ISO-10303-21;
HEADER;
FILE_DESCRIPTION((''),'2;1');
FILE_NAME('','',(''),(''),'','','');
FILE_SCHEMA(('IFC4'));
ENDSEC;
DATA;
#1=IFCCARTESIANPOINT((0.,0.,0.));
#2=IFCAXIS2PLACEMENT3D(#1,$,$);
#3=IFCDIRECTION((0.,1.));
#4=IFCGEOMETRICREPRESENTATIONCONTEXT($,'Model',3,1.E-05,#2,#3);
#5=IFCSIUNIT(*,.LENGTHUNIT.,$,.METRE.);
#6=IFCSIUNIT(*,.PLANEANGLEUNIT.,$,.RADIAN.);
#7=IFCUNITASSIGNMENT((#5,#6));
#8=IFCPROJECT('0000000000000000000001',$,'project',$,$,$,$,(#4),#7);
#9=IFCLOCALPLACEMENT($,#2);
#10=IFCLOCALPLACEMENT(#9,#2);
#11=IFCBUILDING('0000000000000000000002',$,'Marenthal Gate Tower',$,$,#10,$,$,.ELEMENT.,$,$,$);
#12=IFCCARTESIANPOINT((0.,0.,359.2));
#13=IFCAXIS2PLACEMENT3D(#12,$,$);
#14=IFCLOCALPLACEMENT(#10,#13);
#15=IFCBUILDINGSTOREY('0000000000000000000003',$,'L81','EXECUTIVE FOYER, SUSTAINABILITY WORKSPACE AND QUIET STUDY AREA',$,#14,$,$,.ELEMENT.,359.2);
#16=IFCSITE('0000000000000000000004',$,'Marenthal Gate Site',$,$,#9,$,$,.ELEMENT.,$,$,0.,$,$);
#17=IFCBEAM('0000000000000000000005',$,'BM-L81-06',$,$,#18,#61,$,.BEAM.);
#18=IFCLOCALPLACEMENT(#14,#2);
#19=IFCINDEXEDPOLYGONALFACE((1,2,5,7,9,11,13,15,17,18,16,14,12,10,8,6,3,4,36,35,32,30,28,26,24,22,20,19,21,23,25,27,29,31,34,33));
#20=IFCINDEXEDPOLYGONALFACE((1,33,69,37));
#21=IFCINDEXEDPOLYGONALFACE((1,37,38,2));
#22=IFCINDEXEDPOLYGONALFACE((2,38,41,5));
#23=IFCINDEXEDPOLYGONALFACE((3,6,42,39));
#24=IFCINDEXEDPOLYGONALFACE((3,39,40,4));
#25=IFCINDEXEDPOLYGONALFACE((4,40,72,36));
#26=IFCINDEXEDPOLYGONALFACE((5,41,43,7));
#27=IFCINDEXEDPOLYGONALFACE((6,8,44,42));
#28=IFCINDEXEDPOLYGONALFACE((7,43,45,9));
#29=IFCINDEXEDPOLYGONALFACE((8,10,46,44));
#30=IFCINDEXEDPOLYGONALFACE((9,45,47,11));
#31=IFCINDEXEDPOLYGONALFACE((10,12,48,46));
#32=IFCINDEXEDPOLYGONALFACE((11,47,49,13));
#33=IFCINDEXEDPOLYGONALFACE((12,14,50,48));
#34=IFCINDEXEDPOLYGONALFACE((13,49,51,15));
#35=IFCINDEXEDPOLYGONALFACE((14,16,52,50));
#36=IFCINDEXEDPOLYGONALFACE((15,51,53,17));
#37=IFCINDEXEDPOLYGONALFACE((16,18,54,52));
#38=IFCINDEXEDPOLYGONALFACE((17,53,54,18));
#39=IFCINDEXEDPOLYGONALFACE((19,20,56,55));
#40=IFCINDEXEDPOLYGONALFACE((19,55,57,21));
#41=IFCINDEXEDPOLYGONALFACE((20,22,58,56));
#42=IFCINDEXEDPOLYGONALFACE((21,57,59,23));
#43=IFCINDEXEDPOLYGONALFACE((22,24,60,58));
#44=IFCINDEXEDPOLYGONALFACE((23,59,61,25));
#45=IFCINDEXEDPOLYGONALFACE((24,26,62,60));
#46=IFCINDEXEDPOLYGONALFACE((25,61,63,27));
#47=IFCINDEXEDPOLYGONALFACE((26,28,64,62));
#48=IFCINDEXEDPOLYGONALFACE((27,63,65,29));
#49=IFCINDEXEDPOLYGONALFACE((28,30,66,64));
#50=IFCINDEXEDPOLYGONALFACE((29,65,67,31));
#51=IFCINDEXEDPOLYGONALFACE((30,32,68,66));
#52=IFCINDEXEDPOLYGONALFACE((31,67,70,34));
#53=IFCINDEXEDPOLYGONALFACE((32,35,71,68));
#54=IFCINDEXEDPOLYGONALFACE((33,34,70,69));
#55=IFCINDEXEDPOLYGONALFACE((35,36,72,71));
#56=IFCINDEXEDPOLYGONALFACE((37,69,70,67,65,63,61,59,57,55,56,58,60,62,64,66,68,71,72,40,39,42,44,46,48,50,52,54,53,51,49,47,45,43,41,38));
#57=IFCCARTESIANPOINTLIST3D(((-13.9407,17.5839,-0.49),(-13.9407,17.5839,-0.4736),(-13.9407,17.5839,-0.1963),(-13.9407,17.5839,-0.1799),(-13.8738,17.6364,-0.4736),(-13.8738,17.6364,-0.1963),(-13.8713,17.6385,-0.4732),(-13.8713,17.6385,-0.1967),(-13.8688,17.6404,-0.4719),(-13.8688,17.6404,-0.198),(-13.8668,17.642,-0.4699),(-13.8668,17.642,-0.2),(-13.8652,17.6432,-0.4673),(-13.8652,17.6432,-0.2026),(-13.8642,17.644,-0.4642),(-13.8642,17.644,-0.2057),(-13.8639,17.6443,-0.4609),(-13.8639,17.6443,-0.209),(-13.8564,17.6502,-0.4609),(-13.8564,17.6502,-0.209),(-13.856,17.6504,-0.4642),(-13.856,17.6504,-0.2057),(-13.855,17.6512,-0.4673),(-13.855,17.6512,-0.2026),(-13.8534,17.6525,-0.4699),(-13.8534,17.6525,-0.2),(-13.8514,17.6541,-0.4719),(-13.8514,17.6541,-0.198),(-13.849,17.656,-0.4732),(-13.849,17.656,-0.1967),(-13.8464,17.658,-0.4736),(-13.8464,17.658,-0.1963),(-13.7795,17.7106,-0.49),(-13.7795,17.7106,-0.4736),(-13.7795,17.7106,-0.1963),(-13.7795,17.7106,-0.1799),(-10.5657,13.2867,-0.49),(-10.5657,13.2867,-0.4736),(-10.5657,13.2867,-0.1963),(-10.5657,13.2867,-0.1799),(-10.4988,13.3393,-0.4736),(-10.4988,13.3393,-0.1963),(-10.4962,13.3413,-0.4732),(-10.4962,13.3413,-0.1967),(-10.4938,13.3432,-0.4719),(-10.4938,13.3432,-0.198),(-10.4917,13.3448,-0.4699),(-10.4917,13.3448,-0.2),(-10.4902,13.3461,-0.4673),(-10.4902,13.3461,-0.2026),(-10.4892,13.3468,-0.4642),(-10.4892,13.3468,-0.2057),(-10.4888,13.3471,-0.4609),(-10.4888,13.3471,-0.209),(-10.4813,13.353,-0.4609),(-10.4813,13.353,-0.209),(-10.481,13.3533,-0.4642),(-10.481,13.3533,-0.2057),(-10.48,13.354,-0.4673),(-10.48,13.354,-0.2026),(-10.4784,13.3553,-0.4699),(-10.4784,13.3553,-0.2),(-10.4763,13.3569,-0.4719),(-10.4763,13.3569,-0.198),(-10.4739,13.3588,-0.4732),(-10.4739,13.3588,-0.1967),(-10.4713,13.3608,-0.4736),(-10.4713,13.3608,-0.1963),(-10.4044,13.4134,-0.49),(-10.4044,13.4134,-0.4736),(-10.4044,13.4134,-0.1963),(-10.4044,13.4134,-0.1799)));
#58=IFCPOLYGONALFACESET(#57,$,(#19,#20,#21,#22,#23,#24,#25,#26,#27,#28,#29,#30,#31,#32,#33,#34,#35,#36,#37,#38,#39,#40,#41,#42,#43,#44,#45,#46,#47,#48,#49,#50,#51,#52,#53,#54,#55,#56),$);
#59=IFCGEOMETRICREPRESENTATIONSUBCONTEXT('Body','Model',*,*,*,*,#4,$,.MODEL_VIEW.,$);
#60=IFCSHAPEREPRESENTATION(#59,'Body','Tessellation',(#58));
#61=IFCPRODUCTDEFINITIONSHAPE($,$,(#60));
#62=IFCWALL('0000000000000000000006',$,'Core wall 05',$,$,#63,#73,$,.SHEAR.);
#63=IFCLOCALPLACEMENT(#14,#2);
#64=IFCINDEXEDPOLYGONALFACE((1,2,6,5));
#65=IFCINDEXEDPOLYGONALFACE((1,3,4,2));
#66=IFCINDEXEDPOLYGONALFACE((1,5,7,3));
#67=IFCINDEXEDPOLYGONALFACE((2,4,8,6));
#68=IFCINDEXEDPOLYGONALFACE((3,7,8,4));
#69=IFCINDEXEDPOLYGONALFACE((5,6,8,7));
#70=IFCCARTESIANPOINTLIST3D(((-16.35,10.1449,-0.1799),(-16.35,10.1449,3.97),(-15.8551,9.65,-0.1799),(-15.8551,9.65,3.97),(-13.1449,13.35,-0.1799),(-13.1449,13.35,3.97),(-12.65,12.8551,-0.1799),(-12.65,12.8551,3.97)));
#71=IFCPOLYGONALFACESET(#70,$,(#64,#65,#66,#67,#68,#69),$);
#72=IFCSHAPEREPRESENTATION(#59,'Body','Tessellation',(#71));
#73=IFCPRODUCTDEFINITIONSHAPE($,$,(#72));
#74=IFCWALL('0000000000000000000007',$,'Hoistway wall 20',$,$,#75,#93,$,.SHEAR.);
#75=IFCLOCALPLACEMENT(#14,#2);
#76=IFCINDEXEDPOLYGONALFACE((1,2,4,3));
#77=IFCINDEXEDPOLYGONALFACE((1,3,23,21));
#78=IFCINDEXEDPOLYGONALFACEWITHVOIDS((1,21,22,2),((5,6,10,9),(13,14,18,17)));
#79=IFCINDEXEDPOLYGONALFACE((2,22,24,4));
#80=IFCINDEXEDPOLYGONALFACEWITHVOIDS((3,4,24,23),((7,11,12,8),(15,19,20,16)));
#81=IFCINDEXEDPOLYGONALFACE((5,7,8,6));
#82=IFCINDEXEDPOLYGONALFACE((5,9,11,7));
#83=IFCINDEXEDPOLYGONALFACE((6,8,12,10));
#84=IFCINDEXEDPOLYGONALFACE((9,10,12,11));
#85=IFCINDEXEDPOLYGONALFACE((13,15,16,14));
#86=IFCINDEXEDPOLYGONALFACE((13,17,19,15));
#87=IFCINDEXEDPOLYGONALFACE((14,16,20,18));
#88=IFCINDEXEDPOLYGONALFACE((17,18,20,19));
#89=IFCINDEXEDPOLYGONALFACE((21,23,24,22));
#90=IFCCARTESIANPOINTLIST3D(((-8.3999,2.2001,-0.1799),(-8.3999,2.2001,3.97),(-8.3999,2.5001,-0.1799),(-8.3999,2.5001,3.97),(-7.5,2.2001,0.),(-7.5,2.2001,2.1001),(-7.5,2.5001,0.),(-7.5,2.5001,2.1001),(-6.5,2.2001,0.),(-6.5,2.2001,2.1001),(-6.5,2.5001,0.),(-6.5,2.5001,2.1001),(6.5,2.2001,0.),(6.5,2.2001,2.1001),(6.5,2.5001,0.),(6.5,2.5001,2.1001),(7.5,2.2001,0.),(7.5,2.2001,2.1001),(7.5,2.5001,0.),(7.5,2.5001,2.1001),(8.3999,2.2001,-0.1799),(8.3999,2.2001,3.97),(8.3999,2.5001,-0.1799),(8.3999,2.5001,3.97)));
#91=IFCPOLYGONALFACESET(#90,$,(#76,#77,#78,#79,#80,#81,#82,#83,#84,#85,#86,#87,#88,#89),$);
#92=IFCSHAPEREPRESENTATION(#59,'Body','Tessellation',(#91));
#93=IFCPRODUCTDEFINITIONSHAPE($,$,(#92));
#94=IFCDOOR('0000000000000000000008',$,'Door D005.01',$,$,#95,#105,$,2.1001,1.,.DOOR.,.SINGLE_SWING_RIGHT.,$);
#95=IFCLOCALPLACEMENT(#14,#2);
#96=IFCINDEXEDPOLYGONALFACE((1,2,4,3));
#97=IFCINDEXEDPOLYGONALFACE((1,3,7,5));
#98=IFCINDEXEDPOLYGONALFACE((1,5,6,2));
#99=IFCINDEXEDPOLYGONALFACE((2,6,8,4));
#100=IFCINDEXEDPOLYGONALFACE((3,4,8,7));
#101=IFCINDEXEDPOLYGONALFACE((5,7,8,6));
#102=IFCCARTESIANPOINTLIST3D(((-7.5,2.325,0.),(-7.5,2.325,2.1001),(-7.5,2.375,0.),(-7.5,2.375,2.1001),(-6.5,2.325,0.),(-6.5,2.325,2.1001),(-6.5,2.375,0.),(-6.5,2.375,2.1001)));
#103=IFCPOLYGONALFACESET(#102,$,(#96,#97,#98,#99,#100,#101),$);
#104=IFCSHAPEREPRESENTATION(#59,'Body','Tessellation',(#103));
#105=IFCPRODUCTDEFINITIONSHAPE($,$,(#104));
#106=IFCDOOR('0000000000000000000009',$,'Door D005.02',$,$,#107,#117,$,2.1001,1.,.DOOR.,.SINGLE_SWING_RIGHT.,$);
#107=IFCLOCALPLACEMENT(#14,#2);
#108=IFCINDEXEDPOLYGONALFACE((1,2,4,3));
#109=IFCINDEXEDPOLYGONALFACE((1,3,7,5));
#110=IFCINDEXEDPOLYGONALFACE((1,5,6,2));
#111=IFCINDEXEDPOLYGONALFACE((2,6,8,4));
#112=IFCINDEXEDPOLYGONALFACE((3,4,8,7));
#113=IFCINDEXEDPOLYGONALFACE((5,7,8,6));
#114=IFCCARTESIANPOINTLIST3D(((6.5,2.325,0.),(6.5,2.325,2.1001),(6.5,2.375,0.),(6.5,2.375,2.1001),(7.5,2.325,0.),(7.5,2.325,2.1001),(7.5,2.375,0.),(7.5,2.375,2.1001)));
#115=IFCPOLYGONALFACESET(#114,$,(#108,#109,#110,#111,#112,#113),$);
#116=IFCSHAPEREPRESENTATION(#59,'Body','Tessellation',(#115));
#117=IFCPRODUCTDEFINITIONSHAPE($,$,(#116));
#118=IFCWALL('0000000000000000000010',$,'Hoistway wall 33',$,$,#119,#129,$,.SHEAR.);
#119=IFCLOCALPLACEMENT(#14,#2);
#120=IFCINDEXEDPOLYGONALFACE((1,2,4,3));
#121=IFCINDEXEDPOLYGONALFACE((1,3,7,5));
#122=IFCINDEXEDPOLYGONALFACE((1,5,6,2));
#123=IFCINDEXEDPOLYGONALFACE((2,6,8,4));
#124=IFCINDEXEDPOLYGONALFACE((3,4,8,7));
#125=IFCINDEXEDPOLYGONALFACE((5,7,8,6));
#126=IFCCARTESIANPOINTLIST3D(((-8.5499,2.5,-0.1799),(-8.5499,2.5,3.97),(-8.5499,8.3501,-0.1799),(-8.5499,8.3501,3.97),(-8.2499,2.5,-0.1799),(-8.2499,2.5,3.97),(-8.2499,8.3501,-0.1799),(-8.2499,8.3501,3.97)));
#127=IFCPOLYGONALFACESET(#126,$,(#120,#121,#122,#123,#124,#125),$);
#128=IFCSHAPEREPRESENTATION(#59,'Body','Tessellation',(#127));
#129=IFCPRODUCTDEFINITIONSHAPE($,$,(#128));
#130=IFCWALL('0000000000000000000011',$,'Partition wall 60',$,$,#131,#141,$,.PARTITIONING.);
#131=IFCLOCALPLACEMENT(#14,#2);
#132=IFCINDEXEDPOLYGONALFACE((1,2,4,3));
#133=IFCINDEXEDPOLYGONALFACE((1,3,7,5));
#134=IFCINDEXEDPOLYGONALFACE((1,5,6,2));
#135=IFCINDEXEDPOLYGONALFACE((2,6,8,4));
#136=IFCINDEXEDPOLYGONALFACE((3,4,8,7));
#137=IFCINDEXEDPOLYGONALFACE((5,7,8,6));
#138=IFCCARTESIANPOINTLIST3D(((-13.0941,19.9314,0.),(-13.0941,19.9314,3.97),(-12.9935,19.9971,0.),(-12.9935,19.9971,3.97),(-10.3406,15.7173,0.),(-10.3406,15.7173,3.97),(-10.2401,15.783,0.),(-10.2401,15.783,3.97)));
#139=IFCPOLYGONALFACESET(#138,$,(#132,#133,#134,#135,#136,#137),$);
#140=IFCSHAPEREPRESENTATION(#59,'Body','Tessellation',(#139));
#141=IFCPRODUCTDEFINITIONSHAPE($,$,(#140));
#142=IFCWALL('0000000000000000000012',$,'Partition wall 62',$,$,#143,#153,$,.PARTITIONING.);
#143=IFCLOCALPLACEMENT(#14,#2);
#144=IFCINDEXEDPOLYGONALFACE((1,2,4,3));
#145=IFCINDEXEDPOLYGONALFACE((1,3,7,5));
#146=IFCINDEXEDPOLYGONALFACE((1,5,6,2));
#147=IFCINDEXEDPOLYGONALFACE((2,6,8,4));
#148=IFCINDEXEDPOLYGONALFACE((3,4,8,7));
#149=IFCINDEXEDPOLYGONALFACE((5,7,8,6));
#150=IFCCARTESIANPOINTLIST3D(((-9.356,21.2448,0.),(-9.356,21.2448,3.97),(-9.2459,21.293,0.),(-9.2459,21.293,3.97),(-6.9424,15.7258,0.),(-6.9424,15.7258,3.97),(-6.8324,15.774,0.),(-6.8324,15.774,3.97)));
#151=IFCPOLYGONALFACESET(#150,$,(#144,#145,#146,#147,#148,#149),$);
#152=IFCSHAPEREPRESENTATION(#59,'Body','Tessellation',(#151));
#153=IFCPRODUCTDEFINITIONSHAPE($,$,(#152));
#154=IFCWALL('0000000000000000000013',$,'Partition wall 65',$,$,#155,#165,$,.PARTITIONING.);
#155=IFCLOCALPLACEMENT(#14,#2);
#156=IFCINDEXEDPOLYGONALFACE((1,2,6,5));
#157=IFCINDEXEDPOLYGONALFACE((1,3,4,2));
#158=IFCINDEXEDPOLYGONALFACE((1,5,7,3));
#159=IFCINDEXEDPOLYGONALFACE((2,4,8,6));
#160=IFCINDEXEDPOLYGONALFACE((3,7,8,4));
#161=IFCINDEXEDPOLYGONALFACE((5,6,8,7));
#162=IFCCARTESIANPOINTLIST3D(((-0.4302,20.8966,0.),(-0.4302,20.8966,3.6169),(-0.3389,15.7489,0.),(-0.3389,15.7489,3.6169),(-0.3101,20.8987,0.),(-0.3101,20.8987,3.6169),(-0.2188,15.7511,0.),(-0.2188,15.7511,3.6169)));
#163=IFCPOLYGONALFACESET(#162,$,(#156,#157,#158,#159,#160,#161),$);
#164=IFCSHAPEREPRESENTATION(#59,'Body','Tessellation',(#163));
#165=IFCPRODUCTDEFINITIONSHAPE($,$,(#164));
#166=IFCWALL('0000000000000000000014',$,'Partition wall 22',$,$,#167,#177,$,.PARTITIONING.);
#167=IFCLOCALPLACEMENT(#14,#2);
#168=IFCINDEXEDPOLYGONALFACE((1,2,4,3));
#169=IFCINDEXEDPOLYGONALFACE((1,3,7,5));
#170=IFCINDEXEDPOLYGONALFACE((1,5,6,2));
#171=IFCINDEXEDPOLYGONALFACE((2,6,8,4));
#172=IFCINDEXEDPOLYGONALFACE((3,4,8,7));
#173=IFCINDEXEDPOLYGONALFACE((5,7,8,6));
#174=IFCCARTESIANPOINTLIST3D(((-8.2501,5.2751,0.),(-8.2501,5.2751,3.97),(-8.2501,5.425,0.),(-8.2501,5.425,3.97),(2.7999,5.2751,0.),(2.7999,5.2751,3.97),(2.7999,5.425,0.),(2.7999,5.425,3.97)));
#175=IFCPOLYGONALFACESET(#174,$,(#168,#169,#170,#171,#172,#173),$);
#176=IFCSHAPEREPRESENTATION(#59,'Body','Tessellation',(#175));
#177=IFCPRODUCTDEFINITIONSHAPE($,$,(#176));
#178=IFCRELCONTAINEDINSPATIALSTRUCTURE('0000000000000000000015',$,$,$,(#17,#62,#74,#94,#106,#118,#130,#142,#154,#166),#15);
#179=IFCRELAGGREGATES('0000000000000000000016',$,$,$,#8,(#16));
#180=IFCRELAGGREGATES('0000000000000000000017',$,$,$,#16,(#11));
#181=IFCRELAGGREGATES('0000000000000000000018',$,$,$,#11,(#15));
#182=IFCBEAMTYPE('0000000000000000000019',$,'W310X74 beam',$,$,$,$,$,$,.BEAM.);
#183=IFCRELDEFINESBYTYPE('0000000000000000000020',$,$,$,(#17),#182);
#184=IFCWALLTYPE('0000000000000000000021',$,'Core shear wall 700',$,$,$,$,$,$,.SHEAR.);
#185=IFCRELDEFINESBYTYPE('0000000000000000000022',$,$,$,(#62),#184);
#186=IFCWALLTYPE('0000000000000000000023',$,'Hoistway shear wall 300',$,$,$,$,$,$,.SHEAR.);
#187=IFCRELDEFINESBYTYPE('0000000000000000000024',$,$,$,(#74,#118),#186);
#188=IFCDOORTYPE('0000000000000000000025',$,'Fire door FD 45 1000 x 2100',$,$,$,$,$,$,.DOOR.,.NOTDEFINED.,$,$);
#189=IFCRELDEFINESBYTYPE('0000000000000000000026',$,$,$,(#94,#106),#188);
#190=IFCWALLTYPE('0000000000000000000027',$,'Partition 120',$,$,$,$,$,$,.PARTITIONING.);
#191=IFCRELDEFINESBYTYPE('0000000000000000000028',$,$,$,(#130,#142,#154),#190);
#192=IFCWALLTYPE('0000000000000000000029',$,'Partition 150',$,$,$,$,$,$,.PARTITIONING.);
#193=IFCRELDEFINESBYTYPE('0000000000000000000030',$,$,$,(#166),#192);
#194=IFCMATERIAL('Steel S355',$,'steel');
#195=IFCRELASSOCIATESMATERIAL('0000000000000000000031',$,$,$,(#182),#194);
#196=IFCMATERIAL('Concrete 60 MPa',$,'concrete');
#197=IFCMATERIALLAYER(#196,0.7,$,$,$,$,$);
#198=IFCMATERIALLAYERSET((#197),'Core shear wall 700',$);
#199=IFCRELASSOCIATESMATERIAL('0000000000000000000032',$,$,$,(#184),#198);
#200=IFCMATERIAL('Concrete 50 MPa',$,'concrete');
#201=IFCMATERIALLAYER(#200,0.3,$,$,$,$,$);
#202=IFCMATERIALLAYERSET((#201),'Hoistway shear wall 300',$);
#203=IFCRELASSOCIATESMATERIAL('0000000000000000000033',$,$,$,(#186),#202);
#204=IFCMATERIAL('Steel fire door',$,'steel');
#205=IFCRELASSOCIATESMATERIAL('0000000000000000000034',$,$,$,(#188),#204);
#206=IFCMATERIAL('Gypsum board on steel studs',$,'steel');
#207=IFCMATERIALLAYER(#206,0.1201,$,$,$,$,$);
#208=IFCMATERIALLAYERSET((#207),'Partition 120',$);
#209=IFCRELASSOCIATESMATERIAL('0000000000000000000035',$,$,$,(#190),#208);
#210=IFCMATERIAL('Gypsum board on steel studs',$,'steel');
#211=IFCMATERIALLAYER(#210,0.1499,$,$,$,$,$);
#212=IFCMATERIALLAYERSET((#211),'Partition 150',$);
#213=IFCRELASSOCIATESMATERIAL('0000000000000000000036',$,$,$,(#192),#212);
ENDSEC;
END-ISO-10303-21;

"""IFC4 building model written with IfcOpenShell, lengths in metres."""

from ifc_helpers import new_model, si_unit, direction, frame, frame_2d, origin, origin_2d, place, context, subcontext, project, spatial, rectangle, i_section, extrude, material, layer, layer_set, material_profile, profile_set, type_object, element, fill, save


model = new_model("IFC4")

# Units and contexts
model_context = context("Model", 3, precision=1e-05, world=origin(), true_north=direction((0.0, 1.0)))
body_context = subcontext(model_context, "Body", "Model", "MODEL_VIEW")
ifc_project = project(units=[si_unit("LENGTHUNIT", "METRE"), si_unit("PLANEANGLEUNIT", "RADIAN")], contexts=[model_context])

# Site, building, storey
site_placement = place(None, origin())
site = spatial("IfcSite", under=ifc_project, at=site_placement, Name="Marenthal Gate Site", CompositionType="ELEMENT", RefElevation=0.0)
building_placement = place(site_placement, origin())
building = spatial("IfcBuilding", under=site, at=building_placement, Name="Marenthal Gate Tower", CompositionType="ELEMENT")
storey_placement = place(building_placement, frame((0.0, 0.0, 359.2)))
storey = spatial("IfcBuildingStorey", under=building, at=storey_placement, Name="L81", Description="EXECUTIVE FOYER, SUSTAINABILITY WORKSPACE AND QUIET STUDY AREA", CompositionType="ELEMENT", Elevation=359.2)

# Beam
ifc_material_1 = material(Name="Steel S355", Category="steel")
ifc_material_profile = material_profile(ifc_material_1, i_section(OverallWidth=0.2051, OverallDepth=0.3101, WebThickness=0.0095, FlangeThickness=0.0164, FilletRadius=0.0127, at=origin_2d()), Name="W310X74")
ifc_profile_set = profile_set([ifc_material_profile], Name="Steel S355")
beam_type = type_object("IfcBeamType", Name="W310X74 beam", PredefinedType="BEAM", material=ifc_profile_set)
beam_placement = place(storey_placement, frame((-13.8601, 17.6472, -0.335), z_axis=(0.617674, -0.786435, 0.0), x_axis=(0.786435, 0.617674, 0.0)))
element("IfcBeam", 1, at=beam_placement, inside=storey, type_object=beam_type, Name="BM-L81-06", PredefinedType="BEAM", context=body_context, shape_type="SweptSolid", body=[
    extrude(i_section(OverallWidth=0.2051, OverallDepth=0.3101, WebThickness=0.0095, FlangeThickness=0.0164, FilletRadius=0.0127, at=origin_2d()), origin(), (0.0, 0.0, 1.0), 5.4641),
])

# Wall
ifc_material_2 = material(Name="Concrete 60 MPa", Category="concrete")
ifc_layer_1 = layer(ifc_material_2, 0.7)
ifc_layer_set_1 = layer_set([ifc_layer_1], Name="Core shear wall 700")
wall_type_1 = type_object("IfcWallType", Name="Core shear wall 700", PredefinedType="SHEAR", material=ifc_layer_set_1)
wall_1_placement = place(storey_placement, frame((-12.8975, 13.1025, -0.1799), z_axis=(0.0, 0.0, 1.0), x_axis=(-0.707107, -0.707107, 0.0)))
element("IfcWall", 2, at=wall_1_placement, inside=storey, type_object=wall_type_1, Name="Core wall 05", PredefinedType="SHEAR", context=body_context, shape_type="SweptSolid", body=[
    extrude(rectangle(XDim=4.5327, YDim=0.7, at=frame_2d((2.2664, 0.0))), origin(), (0.0, 0.0, 1.0), 4.1499),
])

# Wall, openings, doors
ifc_material_3 = material(Name="Concrete 50 MPa", Category="concrete")
ifc_layer_2 = layer(ifc_material_3, 0.3)
ifc_layer_set_2 = layer_set([ifc_layer_2], Name="Hoistway shear wall 300")
wall_type_2 = type_object("IfcWallType", Name="Hoistway shear wall 300", PredefinedType="SHEAR", material=ifc_layer_set_2)
wall_2_placement = place(storey_placement, frame((-8.3999, 2.3501, -0.1799), z_axis=(0.0, 0.0, 1.0), x_axis=(1.0, 0.0, 0.0)))
wall_2 = element("IfcWall", 3, at=wall_2_placement, inside=storey, type_object=wall_type_2, Name="Hoistway wall 20", PredefinedType="SHEAR", context=body_context, shape_type="SweptSolid", body=[
    extrude(rectangle(XDim=16.7998, YDim=0.3, at=frame_2d((8.3999, 0.0))), origin(), (0.0, 0.0, 1.0), 4.1499),
])
opening_1_placement = place(wall_2_placement, frame((0.8999, 0.0, 0.1799)))
opening_1 = element("IfcOpeningElement", 4, at=opening_1_placement, cuts=wall_2, PredefinedType="OPENING", context=body_context, shape_type="SweptSolid", body=[
    extrude(rectangle(XDim=1.0, YDim=2.1001, at=frame_2d((0.5, 1.05))), frame((0.0, 0.1602, 0.0), z_axis=(0.0, -1.0, 0.0), x_axis=(1.0, 0.0, 0.0)), (0.0, 0.0, 1.0), 0.3201),
])
opening_2_placement = place(wall_2_placement, frame((14.8999, 0.0, 0.1799)))
opening_2 = element("IfcOpeningElement", 5, at=opening_2_placement, cuts=wall_2, PredefinedType="OPENING", context=body_context, shape_type="SweptSolid", body=[
    extrude(rectangle(XDim=1.0, YDim=2.1001, at=frame_2d((0.5, 1.05))), frame((0.0, 0.1602, 0.0), z_axis=(0.0, -1.0, 0.0), x_axis=(1.0, 0.0, 0.0)), (0.0, 0.0, 1.0), 0.3201),
])
ifc_material_4 = material(Name="Steel fire door", Category="steel")
door_type_1 = type_object("IfcDoorType", Name="Fire door FD 45 1000 x 2100", OperationType="NOTDEFINED", PredefinedType="DOOR", material=ifc_material_4)
door_1_placement = place(opening_1_placement, origin())
door_1 = element("IfcDoor", 6, at=door_1_placement, inside=storey, type_object=door_type_1, Name="Door D005.01", OperationType="SINGLE_SWING_RIGHT", OverallHeight=2.1001, OverallWidth=1.0, PredefinedType="DOOR", context=body_context, shape_type="SweptSolid", body=[
    extrude(rectangle(XDim=1.0, YDim=2.1001, at=frame_2d((0.5, 1.05))), frame((0.0, 0.0249, 0.0), z_axis=(0.0, -1.0, 0.0), x_axis=(1.0, 0.0, 0.0)), (0.0, 0.0, 1.0), 0.05),
])
fill(opening_1, door_1)
door_2_placement = place(opening_2_placement, origin())
door_2 = element("IfcDoor", 7, at=door_2_placement, inside=storey, type_object=door_type_1, Name="Door D005.02", OperationType="SINGLE_SWING_RIGHT", OverallHeight=2.1001, OverallWidth=1.0, PredefinedType="DOOR", context=body_context, shape_type="SweptSolid", body=[
    extrude(rectangle(XDim=1.0, YDim=2.1001, at=frame_2d((0.5, 1.05))), frame((0.0, 0.0249, 0.0), z_axis=(0.0, -1.0, 0.0), x_axis=(1.0, 0.0, 0.0)), (0.0, 0.0, 1.0), 0.05),
])
fill(opening_2, door_2)

# Walls
wall_3_placement = place(storey_placement, frame((-8.3999, 2.5, -0.1799), z_axis=(0.0, 0.0, 1.0), x_axis=(0.0, 1.0, 0.0)))
element("IfcWall", 8, at=wall_3_placement, inside=storey, type_object=wall_type_2, Name="Hoistway wall 33", PredefinedType="SHEAR", context=body_context, shape_type="SweptSolid", body=[
    extrude(rectangle(XDim=5.8501, YDim=0.3, at=frame_2d((2.925, 0.0))), origin(), (0.0, 0.0, 1.0), 4.1499),
])
ifc_material_5 = material(Name="Gypsum board on steel studs", Category="steel")
ifc_layer_3 = layer(ifc_material_5, 0.1201)
ifc_layer_set_3 = layer_set([ifc_layer_3], Name="Partition 120")
wall_type_3 = type_object("IfcWallType", Name="Partition 120", PredefinedType="PARTITIONING", material=ifc_layer_set_3)
wall_4_placement = place(storey_placement, frame((-10.2903, 15.75, 0.0), z_axis=(0.0, 0.0, 1.0), x_axis=(-0.546976, 0.837148, 0.0)))
element("IfcWall", 9, at=wall_4_placement, inside=storey, type_object=wall_type_3, Name="Partition wall 60", PredefinedType="PARTITIONING", context=body_context, shape_type="SweptSolid", body=[
    extrude(rectangle(XDim=5.0339, YDim=0.1201, at=frame_2d((2.5171, 0.0))), origin(), (0.0, 0.0, 1.0), 3.97),
])
wall_5_placement = place(storey_placement, frame((-6.8875, 15.75, 0.0), z_axis=(0.0, 0.0, 1.0), x_axis=(-0.400679, 0.916219, 0.0)))
element("IfcWall", 10, at=wall_5_placement, inside=storey, type_object=wall_type_3, Name="Partition wall 62", PredefinedType="PARTITIONING", context=body_context, shape_type="SweptSolid", body=[
    extrude(rectangle(XDim=6.0237, YDim=0.1201, at=frame_2d((3.0117, 0.0))), origin(), (0.0, 0.0, 1.0), 3.97),
])
wall_6_placement = place(storey_placement, frame((-0.2788, 15.75, 0.0), z_axis=(0.0, 0.0, 1.0), x_axis=(-0.017735, 0.999843, 0.0)))
element("IfcWall", 11, at=wall_6_placement, inside=storey, type_object=wall_type_3, Name="Partition wall 65", PredefinedType="PARTITIONING", context=body_context, shape_type="SweptSolid", body=[
    extrude(rectangle(XDim=5.1484, YDim=0.1201, at=frame_2d((2.5742, 0.0))), origin(), (0.0, 0.0, 1.0), 3.6169),
])
ifc_material_6 = material(Name="Gypsum board on steel studs", Category="steel")
ifc_layer_4 = layer(ifc_material_6, 0.1499)
ifc_layer_set_4 = layer_set([ifc_layer_4], Name="Partition 150")
wall_type_4 = type_object("IfcWallType", Name="Partition 150", PredefinedType="PARTITIONING", material=ifc_layer_set_4)
wall_7_placement = place(storey_placement, frame((-8.25, 5.3501, 0.0), z_axis=(0.0, 0.0, 1.0), x_axis=(1.0, 0.0, 0.0)))
element("IfcWall", 12, at=wall_7_placement, inside=storey, type_object=wall_type_4, Name="Partition wall 22", PredefinedType="PARTITIONING", context=body_context, shape_type="SweptSolid", body=[
    extrude(rectangle(XDim=11.05, YDim=0.1499, at=frame_2d((5.5249, 0.0))), origin(), (0.0, 0.0, 1.0), 3.97),
])

save(model, "model.ifc")
